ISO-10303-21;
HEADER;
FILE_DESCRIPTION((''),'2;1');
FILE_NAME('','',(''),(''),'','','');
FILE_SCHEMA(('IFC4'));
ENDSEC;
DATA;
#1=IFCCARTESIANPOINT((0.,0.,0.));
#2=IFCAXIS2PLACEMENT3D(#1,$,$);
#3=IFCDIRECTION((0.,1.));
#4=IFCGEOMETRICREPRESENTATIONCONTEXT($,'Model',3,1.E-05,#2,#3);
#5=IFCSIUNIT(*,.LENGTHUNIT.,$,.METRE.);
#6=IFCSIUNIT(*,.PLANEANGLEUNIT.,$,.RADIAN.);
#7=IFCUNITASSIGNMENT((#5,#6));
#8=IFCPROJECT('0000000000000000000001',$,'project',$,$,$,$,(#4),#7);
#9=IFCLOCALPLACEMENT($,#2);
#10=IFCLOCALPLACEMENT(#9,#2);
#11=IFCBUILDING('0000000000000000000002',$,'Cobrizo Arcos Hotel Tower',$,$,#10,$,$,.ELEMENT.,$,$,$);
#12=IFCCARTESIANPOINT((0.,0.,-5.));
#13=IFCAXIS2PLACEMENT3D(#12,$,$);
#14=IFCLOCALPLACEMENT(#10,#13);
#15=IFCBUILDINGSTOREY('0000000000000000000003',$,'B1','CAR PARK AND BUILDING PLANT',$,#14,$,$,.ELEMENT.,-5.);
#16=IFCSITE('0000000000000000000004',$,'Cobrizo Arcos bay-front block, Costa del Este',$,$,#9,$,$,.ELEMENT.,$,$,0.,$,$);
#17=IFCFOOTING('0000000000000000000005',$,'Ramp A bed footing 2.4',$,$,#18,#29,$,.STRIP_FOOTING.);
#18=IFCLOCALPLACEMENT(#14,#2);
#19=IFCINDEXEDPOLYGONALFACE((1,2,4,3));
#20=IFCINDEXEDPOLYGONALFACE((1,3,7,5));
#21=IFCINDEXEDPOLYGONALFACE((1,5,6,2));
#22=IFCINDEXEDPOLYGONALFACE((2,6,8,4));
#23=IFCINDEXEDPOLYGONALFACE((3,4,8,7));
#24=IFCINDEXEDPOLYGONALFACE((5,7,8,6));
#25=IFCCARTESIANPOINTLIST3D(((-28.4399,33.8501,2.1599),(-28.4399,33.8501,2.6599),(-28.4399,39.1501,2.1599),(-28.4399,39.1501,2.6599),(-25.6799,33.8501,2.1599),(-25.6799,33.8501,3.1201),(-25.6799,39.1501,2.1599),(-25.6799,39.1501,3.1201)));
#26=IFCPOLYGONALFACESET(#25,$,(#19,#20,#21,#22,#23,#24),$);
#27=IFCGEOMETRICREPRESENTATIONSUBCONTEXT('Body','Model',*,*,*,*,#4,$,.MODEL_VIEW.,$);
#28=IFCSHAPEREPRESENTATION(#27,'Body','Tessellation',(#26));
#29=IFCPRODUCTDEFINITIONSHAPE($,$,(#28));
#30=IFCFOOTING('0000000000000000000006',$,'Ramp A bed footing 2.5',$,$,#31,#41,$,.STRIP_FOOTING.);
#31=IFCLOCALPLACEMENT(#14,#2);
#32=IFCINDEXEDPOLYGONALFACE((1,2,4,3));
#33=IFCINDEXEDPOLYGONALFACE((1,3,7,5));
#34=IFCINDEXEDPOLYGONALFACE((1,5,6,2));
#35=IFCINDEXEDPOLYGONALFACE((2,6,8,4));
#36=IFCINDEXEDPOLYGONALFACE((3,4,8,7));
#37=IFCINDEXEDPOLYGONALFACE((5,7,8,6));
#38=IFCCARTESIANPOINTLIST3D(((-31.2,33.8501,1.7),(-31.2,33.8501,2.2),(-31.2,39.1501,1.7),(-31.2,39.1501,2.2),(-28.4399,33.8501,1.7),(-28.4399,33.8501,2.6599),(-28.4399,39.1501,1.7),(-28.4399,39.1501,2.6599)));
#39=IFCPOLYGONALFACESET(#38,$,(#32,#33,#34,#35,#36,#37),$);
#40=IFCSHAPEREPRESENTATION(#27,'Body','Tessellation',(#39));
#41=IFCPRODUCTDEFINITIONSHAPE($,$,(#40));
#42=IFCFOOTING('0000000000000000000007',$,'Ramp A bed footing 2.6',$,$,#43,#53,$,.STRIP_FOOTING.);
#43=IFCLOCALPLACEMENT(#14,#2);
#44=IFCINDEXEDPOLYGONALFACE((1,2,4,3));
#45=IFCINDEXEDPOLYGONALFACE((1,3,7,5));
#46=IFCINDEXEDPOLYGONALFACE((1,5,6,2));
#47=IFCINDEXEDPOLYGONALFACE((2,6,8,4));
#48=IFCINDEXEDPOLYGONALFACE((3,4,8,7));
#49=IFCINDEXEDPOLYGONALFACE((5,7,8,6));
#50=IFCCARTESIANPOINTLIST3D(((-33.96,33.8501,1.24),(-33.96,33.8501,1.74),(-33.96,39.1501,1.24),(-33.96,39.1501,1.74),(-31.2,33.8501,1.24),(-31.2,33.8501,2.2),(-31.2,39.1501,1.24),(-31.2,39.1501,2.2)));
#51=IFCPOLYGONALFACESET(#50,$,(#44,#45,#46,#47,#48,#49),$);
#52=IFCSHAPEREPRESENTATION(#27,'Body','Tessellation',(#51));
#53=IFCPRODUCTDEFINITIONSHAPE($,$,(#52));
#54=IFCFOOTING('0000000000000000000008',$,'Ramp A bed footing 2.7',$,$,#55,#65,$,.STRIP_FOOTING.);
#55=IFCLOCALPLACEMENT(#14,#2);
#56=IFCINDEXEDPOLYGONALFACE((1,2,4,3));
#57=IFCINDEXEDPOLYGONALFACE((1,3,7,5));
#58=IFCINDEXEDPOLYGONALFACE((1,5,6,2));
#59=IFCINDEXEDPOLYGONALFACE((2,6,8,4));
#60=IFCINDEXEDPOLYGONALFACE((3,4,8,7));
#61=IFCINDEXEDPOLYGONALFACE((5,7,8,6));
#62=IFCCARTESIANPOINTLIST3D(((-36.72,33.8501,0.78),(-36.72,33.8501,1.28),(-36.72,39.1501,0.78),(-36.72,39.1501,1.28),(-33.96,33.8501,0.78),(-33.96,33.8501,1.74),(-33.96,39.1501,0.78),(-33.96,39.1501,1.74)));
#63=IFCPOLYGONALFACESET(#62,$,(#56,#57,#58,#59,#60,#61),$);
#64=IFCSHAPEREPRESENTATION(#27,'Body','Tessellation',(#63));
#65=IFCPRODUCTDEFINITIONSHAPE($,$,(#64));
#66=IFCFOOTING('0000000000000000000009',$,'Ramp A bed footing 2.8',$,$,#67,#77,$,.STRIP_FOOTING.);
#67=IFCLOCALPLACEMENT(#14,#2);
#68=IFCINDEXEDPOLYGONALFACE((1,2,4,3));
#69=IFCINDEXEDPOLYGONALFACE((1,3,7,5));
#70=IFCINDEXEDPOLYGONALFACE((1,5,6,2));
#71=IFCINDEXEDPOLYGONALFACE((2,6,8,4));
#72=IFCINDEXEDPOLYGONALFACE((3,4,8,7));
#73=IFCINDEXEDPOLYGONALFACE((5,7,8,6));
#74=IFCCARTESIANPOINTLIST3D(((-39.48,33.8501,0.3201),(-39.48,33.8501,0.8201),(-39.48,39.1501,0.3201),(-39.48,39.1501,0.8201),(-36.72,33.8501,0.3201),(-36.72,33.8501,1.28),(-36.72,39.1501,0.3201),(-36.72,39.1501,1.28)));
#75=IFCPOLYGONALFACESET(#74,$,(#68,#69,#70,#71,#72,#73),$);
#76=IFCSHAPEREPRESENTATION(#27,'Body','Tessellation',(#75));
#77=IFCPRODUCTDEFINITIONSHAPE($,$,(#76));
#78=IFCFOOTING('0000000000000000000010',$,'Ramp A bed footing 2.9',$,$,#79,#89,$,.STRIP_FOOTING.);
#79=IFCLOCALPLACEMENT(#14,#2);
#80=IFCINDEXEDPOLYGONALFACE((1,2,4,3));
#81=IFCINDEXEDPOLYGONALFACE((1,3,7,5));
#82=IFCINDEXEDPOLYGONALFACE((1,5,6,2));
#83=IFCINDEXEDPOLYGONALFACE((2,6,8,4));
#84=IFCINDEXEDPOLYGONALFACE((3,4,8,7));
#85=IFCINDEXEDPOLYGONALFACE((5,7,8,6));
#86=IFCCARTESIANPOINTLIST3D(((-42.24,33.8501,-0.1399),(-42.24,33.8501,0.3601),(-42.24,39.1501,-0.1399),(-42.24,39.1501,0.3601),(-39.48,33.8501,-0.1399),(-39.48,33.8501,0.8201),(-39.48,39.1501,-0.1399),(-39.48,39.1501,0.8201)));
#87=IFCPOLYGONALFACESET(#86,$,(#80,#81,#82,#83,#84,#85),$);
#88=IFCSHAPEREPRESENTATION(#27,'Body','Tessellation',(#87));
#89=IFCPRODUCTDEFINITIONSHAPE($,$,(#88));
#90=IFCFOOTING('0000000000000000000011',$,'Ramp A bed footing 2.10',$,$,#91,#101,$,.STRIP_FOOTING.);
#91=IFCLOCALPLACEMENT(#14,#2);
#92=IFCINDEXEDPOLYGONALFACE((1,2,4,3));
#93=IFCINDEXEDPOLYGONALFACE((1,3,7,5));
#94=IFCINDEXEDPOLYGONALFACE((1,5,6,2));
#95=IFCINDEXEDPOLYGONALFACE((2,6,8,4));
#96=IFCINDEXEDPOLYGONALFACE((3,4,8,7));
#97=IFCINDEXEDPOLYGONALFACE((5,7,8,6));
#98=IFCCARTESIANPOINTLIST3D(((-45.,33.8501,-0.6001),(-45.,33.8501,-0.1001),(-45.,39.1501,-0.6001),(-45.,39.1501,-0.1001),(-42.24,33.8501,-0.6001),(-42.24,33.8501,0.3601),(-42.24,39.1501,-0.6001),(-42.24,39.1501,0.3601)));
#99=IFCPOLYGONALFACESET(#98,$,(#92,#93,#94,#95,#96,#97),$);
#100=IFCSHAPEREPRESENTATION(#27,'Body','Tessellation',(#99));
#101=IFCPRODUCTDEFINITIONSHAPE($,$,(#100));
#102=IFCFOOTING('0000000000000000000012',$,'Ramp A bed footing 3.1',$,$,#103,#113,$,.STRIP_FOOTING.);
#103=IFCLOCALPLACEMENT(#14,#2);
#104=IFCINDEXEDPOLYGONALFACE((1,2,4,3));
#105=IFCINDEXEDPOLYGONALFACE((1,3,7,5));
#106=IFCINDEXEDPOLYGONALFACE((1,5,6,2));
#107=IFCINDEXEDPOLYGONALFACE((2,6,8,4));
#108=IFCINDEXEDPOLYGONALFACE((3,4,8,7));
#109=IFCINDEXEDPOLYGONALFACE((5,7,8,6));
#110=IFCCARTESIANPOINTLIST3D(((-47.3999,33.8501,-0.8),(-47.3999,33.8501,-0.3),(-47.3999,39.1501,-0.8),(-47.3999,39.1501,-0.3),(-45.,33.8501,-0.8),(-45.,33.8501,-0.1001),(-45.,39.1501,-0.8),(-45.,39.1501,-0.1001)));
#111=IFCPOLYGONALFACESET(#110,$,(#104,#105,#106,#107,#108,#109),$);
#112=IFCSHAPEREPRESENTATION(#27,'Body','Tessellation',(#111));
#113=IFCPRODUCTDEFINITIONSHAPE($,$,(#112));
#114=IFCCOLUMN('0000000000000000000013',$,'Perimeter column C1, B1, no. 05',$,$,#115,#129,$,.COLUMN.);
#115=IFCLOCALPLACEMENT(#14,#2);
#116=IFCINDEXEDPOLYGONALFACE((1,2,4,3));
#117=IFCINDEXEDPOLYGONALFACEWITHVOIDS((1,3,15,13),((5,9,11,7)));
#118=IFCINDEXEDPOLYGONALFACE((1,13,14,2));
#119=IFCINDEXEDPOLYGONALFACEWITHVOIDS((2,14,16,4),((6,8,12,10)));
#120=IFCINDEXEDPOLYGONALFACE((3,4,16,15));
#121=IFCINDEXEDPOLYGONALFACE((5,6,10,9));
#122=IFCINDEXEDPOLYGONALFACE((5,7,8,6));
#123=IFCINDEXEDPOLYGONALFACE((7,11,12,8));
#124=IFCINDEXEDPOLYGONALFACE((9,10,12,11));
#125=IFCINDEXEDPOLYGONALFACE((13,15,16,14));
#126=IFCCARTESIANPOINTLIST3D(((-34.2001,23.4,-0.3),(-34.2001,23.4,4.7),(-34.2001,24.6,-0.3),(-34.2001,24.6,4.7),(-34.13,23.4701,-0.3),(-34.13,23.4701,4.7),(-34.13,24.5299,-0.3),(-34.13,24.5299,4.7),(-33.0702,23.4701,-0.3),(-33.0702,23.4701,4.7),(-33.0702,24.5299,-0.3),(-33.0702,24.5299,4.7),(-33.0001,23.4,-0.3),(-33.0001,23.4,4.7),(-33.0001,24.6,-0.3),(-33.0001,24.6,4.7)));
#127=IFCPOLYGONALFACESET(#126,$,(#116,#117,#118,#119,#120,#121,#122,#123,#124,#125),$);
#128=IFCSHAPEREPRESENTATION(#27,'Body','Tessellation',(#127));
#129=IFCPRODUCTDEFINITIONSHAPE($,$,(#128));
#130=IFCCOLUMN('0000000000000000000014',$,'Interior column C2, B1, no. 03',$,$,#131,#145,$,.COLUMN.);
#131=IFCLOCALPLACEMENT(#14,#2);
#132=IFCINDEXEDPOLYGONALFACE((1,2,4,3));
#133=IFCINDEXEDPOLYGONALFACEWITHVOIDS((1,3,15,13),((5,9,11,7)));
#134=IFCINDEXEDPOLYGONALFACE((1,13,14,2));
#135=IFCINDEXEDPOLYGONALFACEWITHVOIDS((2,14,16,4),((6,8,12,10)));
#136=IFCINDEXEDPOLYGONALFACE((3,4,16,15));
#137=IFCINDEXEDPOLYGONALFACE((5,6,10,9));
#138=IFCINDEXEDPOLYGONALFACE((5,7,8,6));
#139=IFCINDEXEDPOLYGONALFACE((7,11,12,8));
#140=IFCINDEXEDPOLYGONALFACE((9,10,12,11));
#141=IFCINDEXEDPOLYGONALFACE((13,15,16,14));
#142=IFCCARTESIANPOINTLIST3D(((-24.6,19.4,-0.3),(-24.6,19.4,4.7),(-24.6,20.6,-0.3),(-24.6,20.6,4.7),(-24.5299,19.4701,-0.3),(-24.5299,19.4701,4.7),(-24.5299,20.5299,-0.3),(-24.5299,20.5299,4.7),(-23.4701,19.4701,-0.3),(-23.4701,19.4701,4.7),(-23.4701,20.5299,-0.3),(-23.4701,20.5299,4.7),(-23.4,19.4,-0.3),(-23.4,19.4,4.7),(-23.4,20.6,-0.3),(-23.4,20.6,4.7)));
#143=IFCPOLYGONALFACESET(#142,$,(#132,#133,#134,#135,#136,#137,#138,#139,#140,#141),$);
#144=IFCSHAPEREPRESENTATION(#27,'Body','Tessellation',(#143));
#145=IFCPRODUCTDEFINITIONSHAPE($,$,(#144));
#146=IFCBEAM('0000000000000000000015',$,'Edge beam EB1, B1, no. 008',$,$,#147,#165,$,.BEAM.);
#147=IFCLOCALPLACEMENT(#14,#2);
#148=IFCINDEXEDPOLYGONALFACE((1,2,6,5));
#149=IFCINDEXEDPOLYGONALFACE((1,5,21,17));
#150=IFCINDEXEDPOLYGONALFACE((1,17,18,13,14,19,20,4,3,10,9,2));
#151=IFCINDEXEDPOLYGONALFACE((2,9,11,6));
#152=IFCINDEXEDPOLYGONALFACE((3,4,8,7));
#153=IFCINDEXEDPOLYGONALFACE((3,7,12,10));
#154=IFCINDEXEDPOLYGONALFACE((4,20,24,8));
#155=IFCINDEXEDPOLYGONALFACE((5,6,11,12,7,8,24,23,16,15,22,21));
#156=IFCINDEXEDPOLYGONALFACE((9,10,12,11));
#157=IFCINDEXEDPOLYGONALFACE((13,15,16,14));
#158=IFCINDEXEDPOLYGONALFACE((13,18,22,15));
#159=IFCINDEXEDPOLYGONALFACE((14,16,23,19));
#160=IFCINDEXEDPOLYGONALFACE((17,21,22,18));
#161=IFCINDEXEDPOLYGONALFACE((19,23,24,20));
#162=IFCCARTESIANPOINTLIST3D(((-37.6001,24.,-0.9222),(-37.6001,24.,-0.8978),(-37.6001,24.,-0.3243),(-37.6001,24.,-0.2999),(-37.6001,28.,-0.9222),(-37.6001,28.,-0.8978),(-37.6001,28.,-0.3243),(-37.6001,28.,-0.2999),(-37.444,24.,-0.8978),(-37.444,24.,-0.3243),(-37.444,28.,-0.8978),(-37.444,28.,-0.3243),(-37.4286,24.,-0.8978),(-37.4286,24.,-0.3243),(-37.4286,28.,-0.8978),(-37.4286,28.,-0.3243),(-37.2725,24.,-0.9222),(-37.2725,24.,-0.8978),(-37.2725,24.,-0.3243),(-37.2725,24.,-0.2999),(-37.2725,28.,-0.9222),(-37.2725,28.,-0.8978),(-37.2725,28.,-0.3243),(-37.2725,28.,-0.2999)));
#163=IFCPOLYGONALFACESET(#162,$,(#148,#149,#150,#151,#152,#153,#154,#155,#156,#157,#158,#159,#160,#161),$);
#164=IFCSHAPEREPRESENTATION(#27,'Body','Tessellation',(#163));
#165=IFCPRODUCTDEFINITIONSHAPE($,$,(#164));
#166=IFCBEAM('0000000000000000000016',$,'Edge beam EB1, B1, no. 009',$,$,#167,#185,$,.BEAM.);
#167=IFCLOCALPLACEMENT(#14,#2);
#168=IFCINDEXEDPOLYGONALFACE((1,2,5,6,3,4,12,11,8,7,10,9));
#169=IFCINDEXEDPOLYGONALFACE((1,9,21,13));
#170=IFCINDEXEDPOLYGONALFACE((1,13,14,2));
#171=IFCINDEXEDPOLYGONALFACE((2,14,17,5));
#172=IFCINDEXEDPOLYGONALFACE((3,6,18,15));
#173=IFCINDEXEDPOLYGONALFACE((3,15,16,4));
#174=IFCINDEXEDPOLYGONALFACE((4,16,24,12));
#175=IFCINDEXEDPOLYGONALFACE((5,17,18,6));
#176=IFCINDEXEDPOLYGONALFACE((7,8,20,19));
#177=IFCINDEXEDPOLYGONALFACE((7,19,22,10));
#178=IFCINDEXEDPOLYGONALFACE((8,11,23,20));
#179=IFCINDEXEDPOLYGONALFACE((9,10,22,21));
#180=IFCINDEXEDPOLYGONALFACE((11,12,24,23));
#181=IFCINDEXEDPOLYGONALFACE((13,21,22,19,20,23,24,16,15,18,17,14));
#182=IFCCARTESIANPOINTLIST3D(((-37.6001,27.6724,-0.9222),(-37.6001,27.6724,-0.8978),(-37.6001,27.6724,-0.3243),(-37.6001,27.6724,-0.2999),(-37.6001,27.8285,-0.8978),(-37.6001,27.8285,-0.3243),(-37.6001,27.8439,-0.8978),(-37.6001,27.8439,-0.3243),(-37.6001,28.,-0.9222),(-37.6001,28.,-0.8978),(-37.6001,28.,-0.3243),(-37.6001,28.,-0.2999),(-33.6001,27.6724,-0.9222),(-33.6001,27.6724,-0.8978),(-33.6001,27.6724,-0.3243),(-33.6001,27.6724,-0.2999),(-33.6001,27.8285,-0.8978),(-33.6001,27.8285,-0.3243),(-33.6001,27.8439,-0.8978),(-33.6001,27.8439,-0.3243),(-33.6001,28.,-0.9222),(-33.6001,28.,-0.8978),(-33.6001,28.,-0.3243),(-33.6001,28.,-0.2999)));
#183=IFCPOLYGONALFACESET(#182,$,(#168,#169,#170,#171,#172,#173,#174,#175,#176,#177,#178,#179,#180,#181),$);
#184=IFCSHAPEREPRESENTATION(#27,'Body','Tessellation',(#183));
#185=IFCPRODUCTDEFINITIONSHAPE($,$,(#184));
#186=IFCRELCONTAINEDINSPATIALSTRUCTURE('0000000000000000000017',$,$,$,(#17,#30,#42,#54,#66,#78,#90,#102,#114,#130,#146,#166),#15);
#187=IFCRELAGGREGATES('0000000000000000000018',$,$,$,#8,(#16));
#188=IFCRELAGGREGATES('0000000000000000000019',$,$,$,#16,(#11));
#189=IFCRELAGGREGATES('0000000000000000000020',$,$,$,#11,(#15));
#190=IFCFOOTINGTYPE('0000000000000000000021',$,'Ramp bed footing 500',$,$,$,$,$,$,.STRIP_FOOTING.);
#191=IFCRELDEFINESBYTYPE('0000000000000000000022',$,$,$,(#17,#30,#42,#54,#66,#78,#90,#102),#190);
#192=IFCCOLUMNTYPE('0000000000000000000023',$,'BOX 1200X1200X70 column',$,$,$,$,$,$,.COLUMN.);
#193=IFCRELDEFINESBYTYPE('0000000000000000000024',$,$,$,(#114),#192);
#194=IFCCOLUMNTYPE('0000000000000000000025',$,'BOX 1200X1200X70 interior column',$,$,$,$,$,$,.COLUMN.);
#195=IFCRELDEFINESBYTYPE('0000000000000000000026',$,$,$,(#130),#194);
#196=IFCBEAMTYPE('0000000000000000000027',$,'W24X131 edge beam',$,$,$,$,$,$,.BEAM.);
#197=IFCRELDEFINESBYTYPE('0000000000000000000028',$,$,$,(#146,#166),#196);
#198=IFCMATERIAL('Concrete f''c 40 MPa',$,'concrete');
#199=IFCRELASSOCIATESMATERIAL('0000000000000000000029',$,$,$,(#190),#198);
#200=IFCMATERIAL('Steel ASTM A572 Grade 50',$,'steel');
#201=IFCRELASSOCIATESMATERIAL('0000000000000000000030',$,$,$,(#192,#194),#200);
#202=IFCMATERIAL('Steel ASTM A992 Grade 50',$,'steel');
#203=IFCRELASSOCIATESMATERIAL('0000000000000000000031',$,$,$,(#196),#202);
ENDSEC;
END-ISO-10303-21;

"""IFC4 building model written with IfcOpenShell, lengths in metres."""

from ifc_helpers import new_model, si_unit, direction, frame, origin, origin_2d, place, context, subcontext, project, spatial, polyline, hollow_rectangle, i_section, outline, extrude, material, material_profile, profile_set, type_object, element, save


model = new_model("IFC4")

# Units and contexts
model_context = context("Model", 3, precision=1e-05, world=origin(), true_north=direction((0.0, 1.0)))
body_context = subcontext(model_context, "Body", "Model", "MODEL_VIEW")
ifc_project = project(units=[si_unit("LENGTHUNIT", "METRE"), si_unit("PLANEANGLEUNIT", "RADIAN")], contexts=[model_context])

# Site, building, storey
site_placement = place(None, origin())
site = spatial("IfcSite", under=ifc_project, at=site_placement, Name="Cobrizo Arcos bay-front block, Costa del Este", CompositionType="ELEMENT", RefElevation=0.0)
building_placement = place(site_placement, origin())
building = spatial("IfcBuilding", under=site, at=building_placement, Name="Cobrizo Arcos Hotel Tower", CompositionType="ELEMENT")
storey_placement = place(building_placement, frame((0.0, 0.0, -5.0)))
storey = spatial("IfcBuildingStorey", under=building, at=storey_placement, Name="B1", Description="CAR PARK AND BUILDING PLANT", CompositionType="ELEMENT", Elevation=-5.0)

# Footings
ifc_material_1 = material(Name="Concrete f'c 40 MPa", Category="concrete")
footing_type = type_object("IfcFootingType", Name="Ramp bed footing 500", PredefinedType="STRIP_FOOTING", material=ifc_material_1)
footing_1_placement = place(storey_placement, frame((-25.6799, 36.5, 2.1599), z_axis=(0.0, 0.0, 1.0), x_axis=(-1.0, 0.0, 0.0)))
element("IfcFooting", 1, at=footing_1_placement, inside=storey, type_object=footing_type, Name="Ramp A bed footing 2.4", PredefinedType="STRIP_FOOTING", context=body_context, shape_type="SweptSolid", body=[
    extrude(outline(polyline([(0.0, 0.0), (2.76, 0.0), (2.76, 0.5), (0.0, 0.9602), (0.0, 0.0)])), frame((0.0, 2.6499, 0.0), z_axis=(0.0, -1.0, 0.0), x_axis=(1.0, 0.0, 0.0)), (0.0, 0.0, 1.0), 5.3),
])
for number, where, z_axis, x_axis, name in (
    (2, (-28.4399, 36.5, 1.7), (0.0, 0.0, 1.0), (-1.0, 0.0, 0.0), "Ramp A bed footing 2.5"),
    (3, (-31.2, 36.5, 1.24), (0.0, 0.0, 1.0), (-1.0, 0.0, 0.0), "Ramp A bed footing 2.6"),
    (4, (-33.96, 36.5, 0.78), (0.0, 0.0, 1.0), (-1.0, 0.0, 0.0), "Ramp A bed footing 2.7"),
    (5, (-36.72, 36.5, 0.3201), (0.0, 0.0, 1.0), (-1.0, 0.0, 0.0), "Ramp A bed footing 2.8"),
    (6, (-39.48, 36.5, -0.1399), (0.0, 0.0, 1.0), (-1.0, 0.0, 0.0), "Ramp A bed footing 2.9"),
):
    element("IfcFooting", number, at=place(storey_placement, frame(where, z_axis=z_axis, x_axis=x_axis)), inside=storey, type_object=footing_type, Name=name, PredefinedType="STRIP_FOOTING", context=body_context, shape_type="SweptSolid", body=[
        extrude(outline(polyline([(0.0, 0.0), (2.76, 0.0), (2.76, 0.5), (0.0, 0.96), (0.0, 0.0)])), frame((0.0, 2.6499, 0.0), z_axis=(0.0, -1.0, 0.0), x_axis=(1.0, 0.0, 0.0)), (0.0, 0.0, 1.0), 5.3),
    ])
footing_2_placement = place(storey_placement, frame((-42.24, 36.5, -0.6001), z_axis=(0.0, 0.0, 1.0), x_axis=(-1.0, 0.0, 0.0)))
element("IfcFooting", 7, at=footing_2_placement, inside=storey, type_object=footing_type, Name="Ramp A bed footing 2.10", PredefinedType="STRIP_FOOTING", context=body_context, shape_type="SweptSolid", body=[
    extrude(outline(polyline([(0.0, 0.0), (2.76, 0.0), (2.76, 0.5), (0.0, 0.9602), (0.0, 0.0)])), frame((0.0, 2.6499, 0.0), z_axis=(0.0, -1.0, 0.0), x_axis=(1.0, 0.0, 0.0)), (0.0, 0.0, 1.0), 5.3),
])
footing_3_placement = place(storey_placement, frame((-45.0, 36.5, -0.8), z_axis=(0.0, 0.0, 1.0), x_axis=(-1.0, 0.0, 0.0)))
element("IfcFooting", 8, at=footing_3_placement, inside=storey, type_object=footing_type, Name="Ramp A bed footing 3.1", PredefinedType="STRIP_FOOTING", context=body_context, shape_type="SweptSolid", body=[
    extrude(outline(polyline([(0.0, 0.0), (2.3999, 0.0), (2.3999, 0.5), (0.0, 0.7), (0.0, 0.0)])), frame((0.0, 2.6499, 0.0), z_axis=(0.0, -1.0, 0.0), x_axis=(1.0, 0.0, 0.0)), (0.0, 0.0, 1.0), 5.3),
])

# Columns
ifc_material_2 = material(Name="Steel ASTM A572 Grade 50", Category="steel")
ifc_material_profile_1 = material_profile(ifc_material_2, hollow_rectangle(XDim=1.2, YDim=1.2, WallThickness=0.0701, at=origin_2d()), Name="BOX 1200X1200X70")
ifc_profile_set_1 = profile_set([ifc_material_profile_1], Name="Steel ASTM A572 Grade 50")
column_type_1 = type_object("IfcColumnType", Name="BOX 1200X1200X70 column", PredefinedType="COLUMN", material=ifc_profile_set_1)
column_1_placement = place(storey_placement, frame((-33.6001, 24.0, -0.3), z_axis=(0.0, 0.0, 1.0), x_axis=(1.0, 0.0, 0.0)))
element("IfcColumn", 9, at=column_1_placement, inside=storey, type_object=column_type_1, Name="Perimeter column C1, B1, no. 05", PredefinedType="COLUMN", context=body_context, shape_type="SweptSolid", body=[
    extrude(hollow_rectangle(XDim=1.2, YDim=1.2, WallThickness=0.0701, at=origin_2d()), origin(), (0.0, 0.0, 1.0), 5.0),
])
ifc_material_profile_2 = material_profile(ifc_material_2, hollow_rectangle(XDim=1.2, YDim=1.2, WallThickness=0.0701, at=origin_2d()), Name="BOX 1200X1200X70")
ifc_profile_set_2 = profile_set([ifc_material_profile_2], Name="Steel ASTM A572 Grade 50")
column_type_2 = type_object("IfcColumnType", Name="BOX 1200X1200X70 interior column", PredefinedType="COLUMN", material=ifc_profile_set_2)
column_2_placement = place(storey_placement, frame((-24.0, 20.0, -0.3), z_axis=(0.0, 0.0, 1.0), x_axis=(1.0, 0.0, 0.0)))
element("IfcColumn", 10, at=column_2_placement, inside=storey, type_object=column_type_2, Name="Interior column C2, B1, no. 03", PredefinedType="COLUMN", context=body_context, shape_type="SweptSolid", body=[
    extrude(hollow_rectangle(XDim=1.2, YDim=1.2, WallThickness=0.0701, at=origin_2d()), origin(), (0.0, 0.0, 1.0), 5.0),
])

# Beams
ifc_material_3 = material(Name="Steel ASTM A992 Grade 50", Category="steel")
ifc_material_profile_3 = material_profile(ifc_material_3, i_section(OverallWidth=0.3276, OverallDepth=0.6223, WebThickness=0.0154, FlangeThickness=0.0244, at=origin_2d()), Name="W24X131")
ifc_profile_set_3 = profile_set([ifc_material_profile_3], Name="Steel ASTM A992 Grade 50")
beam_type_1 = type_object("IfcBeamType", Name="W24X131 edge beam", PredefinedType="BEAM", material=ifc_profile_set_3)
for number, where, z_axis, x_axis, name in (
    (11, (-37.4363, 24.0, -0.6111), (0.0, 1.0, 0.0), (-1.0, 0.0, 0.0), "Edge beam EB1, B1, no. 008"),
    (12, (-37.6001, 27.8362, -0.6111), (1.0, 0.0, 0.0), (0.0, 1.0, 0.0), "Edge beam EB1, B1, no. 009"),
):
    element("IfcBeam", number, at=place(storey_placement, frame(where, z_axis=z_axis, x_axis=x_axis)), inside=storey, type_object=beam_type_1, Name=name, PredefinedType="BEAM", context=body_context, shape_type="SweptSolid", body=[
        extrude(i_section(OverallWidth=0.3276, OverallDepth=0.6223, WebThickness=0.0154, FlangeThickness=0.0244, at=origin_2d()), origin(), (0.0, 0.0, 1.0), 4.0),
    ])

save(model, "model.ifc")
